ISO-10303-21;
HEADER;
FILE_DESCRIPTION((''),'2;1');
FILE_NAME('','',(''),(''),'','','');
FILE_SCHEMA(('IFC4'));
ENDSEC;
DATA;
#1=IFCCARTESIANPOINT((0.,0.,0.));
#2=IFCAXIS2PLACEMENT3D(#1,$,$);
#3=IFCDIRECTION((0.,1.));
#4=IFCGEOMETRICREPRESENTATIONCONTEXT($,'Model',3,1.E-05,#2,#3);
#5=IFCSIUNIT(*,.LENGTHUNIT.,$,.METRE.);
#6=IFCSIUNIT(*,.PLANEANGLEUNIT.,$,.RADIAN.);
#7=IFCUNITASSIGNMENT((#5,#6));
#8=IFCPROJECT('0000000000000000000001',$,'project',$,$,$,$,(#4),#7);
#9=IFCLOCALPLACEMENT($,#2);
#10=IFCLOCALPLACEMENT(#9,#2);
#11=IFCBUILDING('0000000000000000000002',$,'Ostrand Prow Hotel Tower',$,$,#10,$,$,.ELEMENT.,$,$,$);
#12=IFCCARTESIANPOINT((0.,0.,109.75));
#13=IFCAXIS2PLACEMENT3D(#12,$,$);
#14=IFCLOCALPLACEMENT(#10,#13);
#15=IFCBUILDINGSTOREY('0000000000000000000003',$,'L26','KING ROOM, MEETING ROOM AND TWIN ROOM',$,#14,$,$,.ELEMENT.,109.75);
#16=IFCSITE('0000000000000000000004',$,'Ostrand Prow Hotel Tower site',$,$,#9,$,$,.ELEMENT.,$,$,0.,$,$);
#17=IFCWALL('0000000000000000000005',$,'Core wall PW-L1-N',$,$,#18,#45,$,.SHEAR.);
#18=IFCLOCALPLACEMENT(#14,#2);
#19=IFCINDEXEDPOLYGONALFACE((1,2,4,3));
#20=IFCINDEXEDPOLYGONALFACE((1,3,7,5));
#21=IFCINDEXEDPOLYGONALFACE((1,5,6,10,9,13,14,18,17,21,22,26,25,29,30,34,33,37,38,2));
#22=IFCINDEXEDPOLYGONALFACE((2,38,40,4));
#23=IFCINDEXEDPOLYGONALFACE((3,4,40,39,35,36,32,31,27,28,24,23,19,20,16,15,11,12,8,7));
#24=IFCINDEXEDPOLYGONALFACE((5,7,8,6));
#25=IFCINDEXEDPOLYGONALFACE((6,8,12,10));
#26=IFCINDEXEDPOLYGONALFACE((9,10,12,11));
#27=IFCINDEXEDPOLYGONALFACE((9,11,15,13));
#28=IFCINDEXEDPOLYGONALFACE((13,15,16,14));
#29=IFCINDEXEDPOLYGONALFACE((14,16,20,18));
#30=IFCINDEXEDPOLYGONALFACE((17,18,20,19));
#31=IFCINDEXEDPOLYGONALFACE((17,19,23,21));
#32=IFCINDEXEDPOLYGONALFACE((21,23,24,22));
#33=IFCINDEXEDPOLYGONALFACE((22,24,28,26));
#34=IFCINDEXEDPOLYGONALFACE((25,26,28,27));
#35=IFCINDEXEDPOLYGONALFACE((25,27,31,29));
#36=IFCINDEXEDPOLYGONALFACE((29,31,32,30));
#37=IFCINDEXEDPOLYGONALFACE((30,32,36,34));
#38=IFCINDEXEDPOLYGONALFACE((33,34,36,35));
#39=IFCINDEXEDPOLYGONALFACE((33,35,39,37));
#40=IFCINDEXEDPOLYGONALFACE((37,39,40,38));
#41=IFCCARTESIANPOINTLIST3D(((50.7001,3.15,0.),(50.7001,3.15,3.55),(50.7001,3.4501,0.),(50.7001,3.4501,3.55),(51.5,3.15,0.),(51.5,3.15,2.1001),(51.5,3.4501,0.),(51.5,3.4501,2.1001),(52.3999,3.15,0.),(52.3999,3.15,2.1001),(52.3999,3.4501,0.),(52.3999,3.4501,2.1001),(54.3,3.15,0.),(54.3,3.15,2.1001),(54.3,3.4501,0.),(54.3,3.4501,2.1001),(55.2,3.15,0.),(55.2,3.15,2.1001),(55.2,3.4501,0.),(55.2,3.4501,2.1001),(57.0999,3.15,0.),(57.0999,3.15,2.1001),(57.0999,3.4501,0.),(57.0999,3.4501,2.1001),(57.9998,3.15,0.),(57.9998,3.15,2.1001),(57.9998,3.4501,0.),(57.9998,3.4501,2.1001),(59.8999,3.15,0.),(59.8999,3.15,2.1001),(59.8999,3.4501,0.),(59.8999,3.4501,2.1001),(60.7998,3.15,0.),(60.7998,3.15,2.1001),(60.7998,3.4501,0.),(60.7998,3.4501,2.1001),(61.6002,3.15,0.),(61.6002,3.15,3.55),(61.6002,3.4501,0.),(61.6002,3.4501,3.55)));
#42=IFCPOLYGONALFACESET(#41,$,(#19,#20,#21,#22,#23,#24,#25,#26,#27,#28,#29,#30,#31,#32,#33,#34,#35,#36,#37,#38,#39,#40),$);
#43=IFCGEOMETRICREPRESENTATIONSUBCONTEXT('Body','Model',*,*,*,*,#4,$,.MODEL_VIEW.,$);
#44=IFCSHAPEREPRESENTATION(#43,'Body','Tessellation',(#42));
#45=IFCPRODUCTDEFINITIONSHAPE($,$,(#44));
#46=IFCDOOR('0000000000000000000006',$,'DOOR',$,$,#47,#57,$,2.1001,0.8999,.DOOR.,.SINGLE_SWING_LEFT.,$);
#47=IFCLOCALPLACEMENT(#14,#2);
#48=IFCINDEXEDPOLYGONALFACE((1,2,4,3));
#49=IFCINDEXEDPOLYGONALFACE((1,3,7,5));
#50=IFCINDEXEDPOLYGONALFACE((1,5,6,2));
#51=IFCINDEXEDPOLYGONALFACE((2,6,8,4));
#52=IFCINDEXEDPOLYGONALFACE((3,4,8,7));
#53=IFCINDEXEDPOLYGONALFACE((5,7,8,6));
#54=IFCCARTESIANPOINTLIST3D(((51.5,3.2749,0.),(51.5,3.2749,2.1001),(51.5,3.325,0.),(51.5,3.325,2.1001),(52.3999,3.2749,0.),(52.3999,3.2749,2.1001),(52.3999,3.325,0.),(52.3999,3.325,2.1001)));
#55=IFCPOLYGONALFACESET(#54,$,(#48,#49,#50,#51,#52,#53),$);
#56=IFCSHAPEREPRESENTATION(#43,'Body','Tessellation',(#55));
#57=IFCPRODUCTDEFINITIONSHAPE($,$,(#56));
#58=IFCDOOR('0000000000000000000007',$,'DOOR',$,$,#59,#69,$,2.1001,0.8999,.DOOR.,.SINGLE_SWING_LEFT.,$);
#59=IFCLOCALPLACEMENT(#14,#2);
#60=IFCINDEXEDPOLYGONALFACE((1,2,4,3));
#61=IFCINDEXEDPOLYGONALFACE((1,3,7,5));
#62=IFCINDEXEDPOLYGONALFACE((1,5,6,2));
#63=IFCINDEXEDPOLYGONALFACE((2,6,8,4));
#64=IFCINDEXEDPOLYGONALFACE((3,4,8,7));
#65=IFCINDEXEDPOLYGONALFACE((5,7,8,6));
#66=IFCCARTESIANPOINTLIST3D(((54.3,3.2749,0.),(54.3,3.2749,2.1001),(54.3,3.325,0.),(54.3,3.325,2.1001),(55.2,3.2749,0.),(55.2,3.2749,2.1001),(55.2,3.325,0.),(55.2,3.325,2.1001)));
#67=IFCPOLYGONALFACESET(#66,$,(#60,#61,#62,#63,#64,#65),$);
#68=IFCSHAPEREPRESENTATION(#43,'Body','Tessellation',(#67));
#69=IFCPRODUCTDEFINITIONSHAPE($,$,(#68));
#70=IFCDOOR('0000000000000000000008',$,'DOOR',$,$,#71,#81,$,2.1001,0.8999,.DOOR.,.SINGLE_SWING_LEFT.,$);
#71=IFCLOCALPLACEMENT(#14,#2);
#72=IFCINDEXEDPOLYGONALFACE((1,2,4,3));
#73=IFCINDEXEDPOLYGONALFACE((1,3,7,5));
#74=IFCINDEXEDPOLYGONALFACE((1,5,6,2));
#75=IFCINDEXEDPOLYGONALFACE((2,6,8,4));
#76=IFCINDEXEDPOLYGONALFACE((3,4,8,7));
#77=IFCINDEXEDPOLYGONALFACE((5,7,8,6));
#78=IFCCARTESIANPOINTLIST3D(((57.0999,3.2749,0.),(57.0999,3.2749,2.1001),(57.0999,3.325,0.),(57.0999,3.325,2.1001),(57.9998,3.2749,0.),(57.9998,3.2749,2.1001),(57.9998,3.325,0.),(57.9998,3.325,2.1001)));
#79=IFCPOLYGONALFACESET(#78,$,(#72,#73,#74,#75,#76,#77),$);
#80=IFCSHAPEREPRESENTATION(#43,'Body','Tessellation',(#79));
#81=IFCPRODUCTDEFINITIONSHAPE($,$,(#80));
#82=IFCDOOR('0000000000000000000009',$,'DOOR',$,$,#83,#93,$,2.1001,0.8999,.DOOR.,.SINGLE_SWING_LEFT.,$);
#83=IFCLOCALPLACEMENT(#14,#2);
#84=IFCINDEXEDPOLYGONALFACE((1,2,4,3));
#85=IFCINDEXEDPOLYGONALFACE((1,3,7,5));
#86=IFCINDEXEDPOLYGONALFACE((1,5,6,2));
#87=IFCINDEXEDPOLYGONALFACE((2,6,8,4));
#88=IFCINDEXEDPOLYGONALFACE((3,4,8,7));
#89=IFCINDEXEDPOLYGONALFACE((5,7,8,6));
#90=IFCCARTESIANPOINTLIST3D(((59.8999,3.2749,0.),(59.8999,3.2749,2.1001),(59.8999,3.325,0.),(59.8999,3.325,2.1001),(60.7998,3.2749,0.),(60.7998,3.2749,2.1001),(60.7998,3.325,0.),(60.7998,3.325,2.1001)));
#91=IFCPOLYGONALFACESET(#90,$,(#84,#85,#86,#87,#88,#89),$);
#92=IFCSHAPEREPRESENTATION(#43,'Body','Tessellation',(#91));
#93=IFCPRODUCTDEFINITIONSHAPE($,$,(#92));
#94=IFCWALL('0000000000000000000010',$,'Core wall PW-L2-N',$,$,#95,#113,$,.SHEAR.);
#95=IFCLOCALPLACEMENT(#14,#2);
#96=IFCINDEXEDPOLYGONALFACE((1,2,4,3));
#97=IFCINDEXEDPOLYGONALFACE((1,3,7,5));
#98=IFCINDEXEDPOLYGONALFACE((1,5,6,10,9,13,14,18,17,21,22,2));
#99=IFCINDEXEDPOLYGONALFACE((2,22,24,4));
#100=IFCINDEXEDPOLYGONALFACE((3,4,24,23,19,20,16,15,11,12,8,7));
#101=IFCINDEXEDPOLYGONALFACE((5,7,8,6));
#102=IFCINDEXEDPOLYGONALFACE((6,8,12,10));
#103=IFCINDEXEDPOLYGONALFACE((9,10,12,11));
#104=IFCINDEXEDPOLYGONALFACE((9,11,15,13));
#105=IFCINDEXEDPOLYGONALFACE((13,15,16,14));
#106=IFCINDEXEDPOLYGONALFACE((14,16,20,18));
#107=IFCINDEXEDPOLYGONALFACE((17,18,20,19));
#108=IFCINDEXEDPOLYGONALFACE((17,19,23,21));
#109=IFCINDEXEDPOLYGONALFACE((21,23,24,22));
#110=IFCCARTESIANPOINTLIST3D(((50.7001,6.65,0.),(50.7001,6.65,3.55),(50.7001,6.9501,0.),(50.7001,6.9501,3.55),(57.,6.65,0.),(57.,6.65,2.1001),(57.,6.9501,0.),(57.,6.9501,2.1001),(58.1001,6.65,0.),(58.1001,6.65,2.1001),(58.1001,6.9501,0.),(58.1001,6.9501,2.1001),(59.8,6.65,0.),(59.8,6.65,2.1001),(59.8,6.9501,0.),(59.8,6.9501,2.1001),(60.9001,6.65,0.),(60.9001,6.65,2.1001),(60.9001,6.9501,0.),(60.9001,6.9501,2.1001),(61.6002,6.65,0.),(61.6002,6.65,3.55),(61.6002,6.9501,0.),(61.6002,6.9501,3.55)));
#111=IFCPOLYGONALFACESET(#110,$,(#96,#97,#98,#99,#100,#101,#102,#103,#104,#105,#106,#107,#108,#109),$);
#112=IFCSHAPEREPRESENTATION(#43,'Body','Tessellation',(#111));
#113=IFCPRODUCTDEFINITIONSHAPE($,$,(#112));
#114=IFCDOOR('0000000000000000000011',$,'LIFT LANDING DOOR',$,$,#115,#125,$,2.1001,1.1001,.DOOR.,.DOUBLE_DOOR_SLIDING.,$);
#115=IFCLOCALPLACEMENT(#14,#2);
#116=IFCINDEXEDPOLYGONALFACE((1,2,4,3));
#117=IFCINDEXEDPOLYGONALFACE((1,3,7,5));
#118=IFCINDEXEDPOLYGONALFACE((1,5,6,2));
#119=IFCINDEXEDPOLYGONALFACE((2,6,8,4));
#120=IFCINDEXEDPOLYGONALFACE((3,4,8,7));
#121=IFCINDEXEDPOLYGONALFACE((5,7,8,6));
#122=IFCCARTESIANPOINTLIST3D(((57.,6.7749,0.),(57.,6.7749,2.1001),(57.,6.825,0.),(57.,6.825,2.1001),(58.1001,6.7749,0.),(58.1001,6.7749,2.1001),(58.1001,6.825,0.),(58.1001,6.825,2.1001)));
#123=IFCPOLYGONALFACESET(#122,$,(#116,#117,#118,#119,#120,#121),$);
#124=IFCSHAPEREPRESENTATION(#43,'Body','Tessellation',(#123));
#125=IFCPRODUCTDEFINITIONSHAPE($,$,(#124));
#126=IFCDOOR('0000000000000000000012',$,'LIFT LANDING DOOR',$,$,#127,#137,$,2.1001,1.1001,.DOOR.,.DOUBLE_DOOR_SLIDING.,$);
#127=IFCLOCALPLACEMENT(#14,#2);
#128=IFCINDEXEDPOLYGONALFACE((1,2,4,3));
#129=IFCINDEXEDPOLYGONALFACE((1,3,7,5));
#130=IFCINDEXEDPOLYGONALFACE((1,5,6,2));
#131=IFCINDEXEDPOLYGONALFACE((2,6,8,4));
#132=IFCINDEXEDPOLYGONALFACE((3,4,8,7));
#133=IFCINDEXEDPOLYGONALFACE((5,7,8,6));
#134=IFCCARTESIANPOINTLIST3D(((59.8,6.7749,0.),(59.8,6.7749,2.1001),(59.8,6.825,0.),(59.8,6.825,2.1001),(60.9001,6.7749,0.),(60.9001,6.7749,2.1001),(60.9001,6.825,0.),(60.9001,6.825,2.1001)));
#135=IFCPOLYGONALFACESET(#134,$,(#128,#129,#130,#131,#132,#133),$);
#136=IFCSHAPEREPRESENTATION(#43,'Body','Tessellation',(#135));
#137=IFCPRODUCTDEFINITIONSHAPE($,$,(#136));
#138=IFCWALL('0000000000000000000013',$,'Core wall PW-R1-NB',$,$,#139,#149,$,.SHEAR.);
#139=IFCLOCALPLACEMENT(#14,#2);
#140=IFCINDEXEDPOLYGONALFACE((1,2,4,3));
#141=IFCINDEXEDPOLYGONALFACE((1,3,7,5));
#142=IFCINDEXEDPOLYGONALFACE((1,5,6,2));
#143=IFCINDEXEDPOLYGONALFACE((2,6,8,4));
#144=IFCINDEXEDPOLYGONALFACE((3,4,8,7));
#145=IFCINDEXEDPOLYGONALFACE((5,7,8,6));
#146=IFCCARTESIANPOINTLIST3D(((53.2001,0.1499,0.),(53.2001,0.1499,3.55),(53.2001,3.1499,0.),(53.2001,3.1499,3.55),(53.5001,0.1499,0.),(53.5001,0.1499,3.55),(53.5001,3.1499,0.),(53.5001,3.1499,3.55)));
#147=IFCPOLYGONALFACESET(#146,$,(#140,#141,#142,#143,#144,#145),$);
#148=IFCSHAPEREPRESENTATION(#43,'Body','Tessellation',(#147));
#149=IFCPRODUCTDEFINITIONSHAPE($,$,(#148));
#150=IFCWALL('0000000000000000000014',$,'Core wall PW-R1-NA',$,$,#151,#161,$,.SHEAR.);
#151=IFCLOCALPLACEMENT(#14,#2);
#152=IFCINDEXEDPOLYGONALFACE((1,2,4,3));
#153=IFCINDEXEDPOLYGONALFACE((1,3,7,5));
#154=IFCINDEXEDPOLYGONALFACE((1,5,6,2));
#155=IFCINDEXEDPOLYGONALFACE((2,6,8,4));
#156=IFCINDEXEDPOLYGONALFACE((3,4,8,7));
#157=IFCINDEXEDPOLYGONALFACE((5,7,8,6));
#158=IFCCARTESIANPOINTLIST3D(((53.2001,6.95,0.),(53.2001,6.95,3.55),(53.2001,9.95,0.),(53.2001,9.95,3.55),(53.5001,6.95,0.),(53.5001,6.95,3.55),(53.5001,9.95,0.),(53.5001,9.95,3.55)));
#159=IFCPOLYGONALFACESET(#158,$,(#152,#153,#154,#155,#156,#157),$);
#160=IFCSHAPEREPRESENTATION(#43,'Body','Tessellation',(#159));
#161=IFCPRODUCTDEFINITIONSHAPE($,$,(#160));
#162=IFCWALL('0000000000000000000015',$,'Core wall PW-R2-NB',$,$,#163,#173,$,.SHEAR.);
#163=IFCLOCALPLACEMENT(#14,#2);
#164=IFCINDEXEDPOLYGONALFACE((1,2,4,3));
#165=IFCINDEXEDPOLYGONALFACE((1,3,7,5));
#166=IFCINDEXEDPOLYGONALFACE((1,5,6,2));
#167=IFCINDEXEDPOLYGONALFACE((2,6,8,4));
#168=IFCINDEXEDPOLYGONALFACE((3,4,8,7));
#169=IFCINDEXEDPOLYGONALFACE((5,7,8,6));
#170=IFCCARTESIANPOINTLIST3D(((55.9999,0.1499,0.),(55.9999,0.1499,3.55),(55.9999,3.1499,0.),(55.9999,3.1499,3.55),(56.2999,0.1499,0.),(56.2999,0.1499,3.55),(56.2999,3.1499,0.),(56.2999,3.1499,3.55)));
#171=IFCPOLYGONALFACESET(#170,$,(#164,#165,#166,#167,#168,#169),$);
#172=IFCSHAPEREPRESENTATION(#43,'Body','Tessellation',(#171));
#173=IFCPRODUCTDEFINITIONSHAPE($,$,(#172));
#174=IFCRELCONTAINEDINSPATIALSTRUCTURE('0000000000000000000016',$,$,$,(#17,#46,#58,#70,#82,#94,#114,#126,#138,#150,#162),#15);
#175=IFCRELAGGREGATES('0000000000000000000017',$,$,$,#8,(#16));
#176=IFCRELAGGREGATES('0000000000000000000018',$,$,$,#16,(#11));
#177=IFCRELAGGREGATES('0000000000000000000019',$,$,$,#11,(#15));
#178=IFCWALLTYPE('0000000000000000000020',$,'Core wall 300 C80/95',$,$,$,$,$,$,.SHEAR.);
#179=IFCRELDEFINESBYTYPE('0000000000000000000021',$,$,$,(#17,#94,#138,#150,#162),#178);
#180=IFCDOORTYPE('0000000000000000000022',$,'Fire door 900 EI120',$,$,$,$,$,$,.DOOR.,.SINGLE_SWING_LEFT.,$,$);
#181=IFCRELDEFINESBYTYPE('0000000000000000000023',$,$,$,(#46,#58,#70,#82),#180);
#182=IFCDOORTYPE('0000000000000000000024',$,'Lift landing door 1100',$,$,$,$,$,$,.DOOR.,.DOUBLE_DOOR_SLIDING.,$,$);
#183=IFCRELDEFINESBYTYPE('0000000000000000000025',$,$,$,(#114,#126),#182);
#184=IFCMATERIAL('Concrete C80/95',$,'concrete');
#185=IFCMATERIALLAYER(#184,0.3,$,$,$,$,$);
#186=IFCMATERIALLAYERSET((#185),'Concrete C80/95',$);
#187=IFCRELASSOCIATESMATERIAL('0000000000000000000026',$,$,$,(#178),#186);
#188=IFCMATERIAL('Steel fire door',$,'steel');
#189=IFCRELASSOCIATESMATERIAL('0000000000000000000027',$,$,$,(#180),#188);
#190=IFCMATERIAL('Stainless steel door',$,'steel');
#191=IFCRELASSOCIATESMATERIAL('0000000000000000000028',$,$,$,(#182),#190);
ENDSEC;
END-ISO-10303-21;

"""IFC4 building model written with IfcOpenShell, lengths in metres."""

from ifc_helpers import new_model, si_unit, direction, frame, frame_2d, origin, place, context, subcontext, project, spatial, rectangle, extrude, material, layer, layer_set, type_object, element, fill, save


model = new_model("IFC4")

# Units and contexts
model_context = context("Model", 3, precision=1e-05, world=origin(), true_north=direction((0.0, 1.0)))
body_context = subcontext(model_context, "Body", "Model", "MODEL_VIEW")
ifc_project = project(units=[si_unit("LENGTHUNIT", "METRE"), si_unit("PLANEANGLEUNIT", "RADIAN")], contexts=[model_context])

# Site, building, storey
site_placement = place(None, origin())
site = spatial("IfcSite", under=ifc_project, at=site_placement, Name="Ostrand Prow Hotel Tower site", CompositionType="ELEMENT", RefElevation=0.0)
building_placement = place(site_placement, origin())
building = spatial("IfcBuilding", under=site, at=building_placement, Name="Ostrand Prow Hotel Tower", CompositionType="ELEMENT")
storey_placement = place(building_placement, frame((0.0, 0.0, 109.75)))
storey = spatial("IfcBuildingStorey", under=building, at=storey_placement, Name="L26", Description="KING ROOM, MEETING ROOM AND TWIN ROOM", CompositionType="ELEMENT", Elevation=109.75)

# Walls, openings, doors
ifc_material_1 = material(Name="Concrete C80/95", Category="concrete")
ifc_layer_1 = layer(ifc_material_1, 0.3)
ifc_layer_set_1 = layer_set([ifc_layer_1], Name="Concrete C80/95")
wall_type_1 = type_object("IfcWallType", Name="Core wall 300 C80/95", PredefinedType="SHEAR", material=ifc_layer_set_1)
wall_1_placement = place(storey_placement, frame((50.7, 3.3, 0.0), z_axis=(0.0, 0.0, 1.0), x_axis=(1.0, 0.0, 0.0)))
wall_1 = element("IfcWall", 1, at=wall_1_placement, inside=storey, type_object=wall_type_1, Name="Core wall PW-L1-N", PredefinedType="SHEAR", context=body_context, shape_type="SweptSolid", body=[
    extrude(rectangle(XDim=10.9001, YDim=0.3, at=frame_2d((5.4502, 0.0))), origin(), (0.0, 0.0, 1.0), 3.55),
])
opening_1_placement = place(wall_1_placement, frame((0.8, 0.0, 0.0)))
opening_1 = element("IfcOpeningElement", 2, at=opening_1_placement, cuts=wall_1, PredefinedType="OPENING", context=body_context, shape_type="SweptSolid", body=[
    extrude(rectangle(XDim=0.8999, YDim=2.1001, at=frame_2d((0.45, 1.05))), frame((0.0, 0.1599, 0.0), z_axis=(0.0, -1.0, 0.0), x_axis=(1.0, 0.0, 0.0)), (0.0, 0.0, 1.0), 0.3201),
])
opening_2_placement = place(wall_1_placement, frame((3.6001, 0.0, 0.0)))
opening_2 = element("IfcOpeningElement", 3, at=opening_2_placement, cuts=wall_1, PredefinedType="OPENING", context=body_context, shape_type="SweptSolid", body=[
    extrude(rectangle(XDim=0.8999, YDim=2.1001, at=frame_2d((0.45, 1.05))), frame((0.0, 0.1599, 0.0), z_axis=(0.0, -1.0, 0.0), x_axis=(1.0, 0.0, 0.0)), (0.0, 0.0, 1.0), 0.3201),
])
opening_3_placement = place(wall_1_placement, frame((6.3999, 0.0, 0.0)))
opening_3 = element("IfcOpeningElement", 4, at=opening_3_placement, cuts=wall_1, PredefinedType="OPENING", context=body_context, shape_type="SweptSolid", body=[
    extrude(rectangle(XDim=0.8999, YDim=2.1001, at=frame_2d((0.45, 1.05))), frame((0.0, 0.1599, 0.0), z_axis=(0.0, -1.0, 0.0), x_axis=(1.0, 0.0, 0.0)), (0.0, 0.0, 1.0), 0.3201),
])
opening_4_placement = place(wall_1_placement, frame((9.2, 0.0, 0.0)))
opening_4 = element("IfcOpeningElement", 5, at=opening_4_placement, cuts=wall_1, PredefinedType="OPENING", context=body_context, shape_type="SweptSolid", body=[
    extrude(rectangle(XDim=0.8999, YDim=2.1001, at=frame_2d((0.45, 1.05))), frame((0.0, 0.1599, 0.0), z_axis=(0.0, -1.0, 0.0), x_axis=(1.0, 0.0, 0.0)), (0.0, 0.0, 1.0), 0.3201),
])
ifc_material_2 = material(Name="Steel fire door", Category="steel")
door_type_1 = type_object("IfcDoorType", Name="Fire door 900 EI120", OperationType="SINGLE_SWING_LEFT", PredefinedType="DOOR", material=ifc_material_2)
door_1_placement = place(opening_1_placement, origin())
door_1 = element("IfcDoor", 6, at=door_1_placement, inside=storey, type_object=door_type_1, Name="DOOR", OperationType="SINGLE_SWING_LEFT", OverallHeight=2.1001, OverallWidth=0.8999, PredefinedType="DOOR", context=body_context, shape_type="SweptSolid", body=[
    extrude(rectangle(XDim=0.8999, YDim=2.1001, at=frame_2d((0.45, 1.05))), frame((0.0, 0.0249, 0.0), z_axis=(0.0, -1.0, 0.0), x_axis=(1.0, 0.0, 0.0)), (0.0, 0.0, 1.0), 0.05),
])
fill(opening_1, door_1)
door_2_placement = place(opening_2_placement, origin())
door_2 = element("IfcDoor", 7, at=door_2_placement, inside=storey, type_object=door_type_1, Name="DOOR", OperationType="SINGLE_SWING_LEFT", OverallHeight=2.1001, OverallWidth=0.8999, PredefinedType="DOOR", context=body_context, shape_type="SweptSolid", body=[
    extrude(rectangle(XDim=0.8999, YDim=2.1001, at=frame_2d((0.45, 1.05))), frame((0.0, 0.0249, 0.0), z_axis=(0.0, -1.0, 0.0), x_axis=(1.0, 0.0, 0.0)), (0.0, 0.0, 1.0), 0.05),
])
fill(opening_2, door_2)
door_3_placement = place(opening_3_placement, origin())
door_3 = element("IfcDoor", 8, at=door_3_placement, inside=storey, type_object=door_type_1, Name="DOOR", OperationType="SINGLE_SWING_LEFT", OverallHeight=2.1001, OverallWidth=0.8999, PredefinedType="DOOR", context=body_context, shape_type="SweptSolid", body=[
    extrude(rectangle(XDim=0.8999, YDim=2.1001, at=frame_2d((0.45, 1.05))), frame((0.0, 0.0249, 0.0), z_axis=(0.0, -1.0, 0.0), x_axis=(1.0, 0.0, 0.0)), (0.0, 0.0, 1.0), 0.05),
])
fill(opening_3, door_3)
door_4_placement = place(opening_4_placement, origin())
door_4 = element("IfcDoor", 9, at=door_4_placement, inside=storey, type_object=door_type_1, Name="DOOR", OperationType="SINGLE_SWING_LEFT", OverallHeight=2.1001, OverallWidth=0.8999, PredefinedType="DOOR", context=body_context, shape_type="SweptSolid", body=[
    extrude(rectangle(XDim=0.8999, YDim=2.1001, at=frame_2d((0.45, 1.05))), frame((0.0, 0.0249, 0.0), z_axis=(0.0, -1.0, 0.0), x_axis=(1.0, 0.0, 0.0)), (0.0, 0.0, 1.0), 0.05),
])
fill(opening_4, door_4)
wall_2_placement = place(storey_placement, frame((50.7, 6.8, 0.0), z_axis=(0.0, 0.0, 1.0), x_axis=(1.0, 0.0, 0.0)))
wall_2 = element("IfcWall", 10, at=wall_2_placement, inside=storey, type_object=wall_type_1, Name="Core wall PW-L2-N", PredefinedType="SHEAR", context=body_context, shape_type="SweptSolid", body=[
    extrude(rectangle(XDim=10.9001, YDim=0.3, at=frame_2d((5.4502, 0.0))), origin(), (0.0, 0.0, 1.0), 3.55),
])
opening_5_placement = place(wall_2_placement, frame((6.3, 0.0, 0.0)))
opening_5 = element("IfcOpeningElement", 11, at=opening_5_placement, cuts=wall_2, PredefinedType="OPENING", context=body_context, shape_type="SweptSolid", body=[
    extrude(rectangle(XDim=1.1001, YDim=2.1001, at=frame_2d((0.55, 1.05))), frame((0.0, 0.1599, 0.0), z_axis=(0.0, -1.0, 0.0), x_axis=(1.0, 0.0, 0.0)), (0.0, 0.0, 1.0), 0.3201),
])
opening_6_placement = place(wall_2_placement, frame((9.1001, 0.0, 0.0)))
opening_6 = element("IfcOpeningElement", 12, at=opening_6_placement, cuts=wall_2, PredefinedType="OPENING", context=body_context, shape_type="SweptSolid", body=[
    extrude(rectangle(XDim=1.1001, YDim=2.1001, at=frame_2d((0.55, 1.05))), frame((0.0, 0.1599, 0.0), z_axis=(0.0, -1.0, 0.0), x_axis=(1.0, 0.0, 0.0)), (0.0, 0.0, 1.0), 0.3201),
])
ifc_material_3 = material(Name="Stainless steel door", Category="steel")
door_type_2 = type_object("IfcDoorType", Name="Lift landing door 1100", OperationType="DOUBLE_DOOR_SLIDING", PredefinedType="DOOR", material=ifc_material_3)
door_5_placement = place(opening_5_placement, origin())
door_5 = element("IfcDoor", 13, at=door_5_placement, inside=storey, type_object=door_type_2, Name="LIFT LANDING DOOR", OperationType="DOUBLE_DOOR_SLIDING", OverallHeight=2.1001, OverallWidth=1.1001, PredefinedType="DOOR", context=body_context, shape_type="SweptSolid", body=[
    extrude(rectangle(XDim=1.1001, YDim=2.1001, at=frame_2d((0.55, 1.05))), frame((0.0, 0.0249, 0.0), z_axis=(0.0, -1.0, 0.0), x_axis=(1.0, 0.0, 0.0)), (0.0, 0.0, 1.0), 0.05),
])
fill(opening_5, door_5)
door_6_placement = place(opening_6_placement, origin())
door_6 = element("IfcDoor", 14, at=door_6_placement, inside=storey, type_object=door_type_2, Name="LIFT LANDING DOOR", OperationType="DOUBLE_DOOR_SLIDING", OverallHeight=2.1001, OverallWidth=1.1001, PredefinedType="DOOR", context=body_context, shape_type="SweptSolid", body=[
    extrude(rectangle(XDim=1.1001, YDim=2.1001, at=frame_2d((0.55, 1.05))), frame((0.0, 0.0249, 0.0), z_axis=(0.0, -1.0, 0.0), x_axis=(1.0, 0.0, 0.0)), (0.0, 0.0, 1.0), 0.05),
])
fill(opening_6, door_6)

# Walls
for number, where, z_axis, x_axis, name in (
    (15, (53.3501, 0.1499, 0.0), (0.0, 0.0, 1.0), (0.0, 1.0, 0.0), "Core wall PW-R1-NB"),
    (16, (53.3501, 6.95, 0.0), (0.0, 0.0, 1.0), (0.0, 1.0, 0.0), "Core wall PW-R1-NA"),
    (17, (56.1499, 0.1499, 0.0), (0.0, 0.0, 1.0), (0.0, 1.0, 0.0), "Core wall PW-R2-NB"),
):
    element("IfcWall", number, at=place(storey_placement, frame(where, z_axis=z_axis, x_axis=x_axis)), inside=storey, type_object=wall_type_1, Name=name, PredefinedType="SHEAR", context=body_context, shape_type="SweptSolid", body=[
        extrude(rectangle(XDim=3.0, YDim=0.3, at=frame_2d((1.5, 0.0))), origin(), (0.0, 0.0, 1.0), 3.55),
    ])

save(model, "model.ifc")
